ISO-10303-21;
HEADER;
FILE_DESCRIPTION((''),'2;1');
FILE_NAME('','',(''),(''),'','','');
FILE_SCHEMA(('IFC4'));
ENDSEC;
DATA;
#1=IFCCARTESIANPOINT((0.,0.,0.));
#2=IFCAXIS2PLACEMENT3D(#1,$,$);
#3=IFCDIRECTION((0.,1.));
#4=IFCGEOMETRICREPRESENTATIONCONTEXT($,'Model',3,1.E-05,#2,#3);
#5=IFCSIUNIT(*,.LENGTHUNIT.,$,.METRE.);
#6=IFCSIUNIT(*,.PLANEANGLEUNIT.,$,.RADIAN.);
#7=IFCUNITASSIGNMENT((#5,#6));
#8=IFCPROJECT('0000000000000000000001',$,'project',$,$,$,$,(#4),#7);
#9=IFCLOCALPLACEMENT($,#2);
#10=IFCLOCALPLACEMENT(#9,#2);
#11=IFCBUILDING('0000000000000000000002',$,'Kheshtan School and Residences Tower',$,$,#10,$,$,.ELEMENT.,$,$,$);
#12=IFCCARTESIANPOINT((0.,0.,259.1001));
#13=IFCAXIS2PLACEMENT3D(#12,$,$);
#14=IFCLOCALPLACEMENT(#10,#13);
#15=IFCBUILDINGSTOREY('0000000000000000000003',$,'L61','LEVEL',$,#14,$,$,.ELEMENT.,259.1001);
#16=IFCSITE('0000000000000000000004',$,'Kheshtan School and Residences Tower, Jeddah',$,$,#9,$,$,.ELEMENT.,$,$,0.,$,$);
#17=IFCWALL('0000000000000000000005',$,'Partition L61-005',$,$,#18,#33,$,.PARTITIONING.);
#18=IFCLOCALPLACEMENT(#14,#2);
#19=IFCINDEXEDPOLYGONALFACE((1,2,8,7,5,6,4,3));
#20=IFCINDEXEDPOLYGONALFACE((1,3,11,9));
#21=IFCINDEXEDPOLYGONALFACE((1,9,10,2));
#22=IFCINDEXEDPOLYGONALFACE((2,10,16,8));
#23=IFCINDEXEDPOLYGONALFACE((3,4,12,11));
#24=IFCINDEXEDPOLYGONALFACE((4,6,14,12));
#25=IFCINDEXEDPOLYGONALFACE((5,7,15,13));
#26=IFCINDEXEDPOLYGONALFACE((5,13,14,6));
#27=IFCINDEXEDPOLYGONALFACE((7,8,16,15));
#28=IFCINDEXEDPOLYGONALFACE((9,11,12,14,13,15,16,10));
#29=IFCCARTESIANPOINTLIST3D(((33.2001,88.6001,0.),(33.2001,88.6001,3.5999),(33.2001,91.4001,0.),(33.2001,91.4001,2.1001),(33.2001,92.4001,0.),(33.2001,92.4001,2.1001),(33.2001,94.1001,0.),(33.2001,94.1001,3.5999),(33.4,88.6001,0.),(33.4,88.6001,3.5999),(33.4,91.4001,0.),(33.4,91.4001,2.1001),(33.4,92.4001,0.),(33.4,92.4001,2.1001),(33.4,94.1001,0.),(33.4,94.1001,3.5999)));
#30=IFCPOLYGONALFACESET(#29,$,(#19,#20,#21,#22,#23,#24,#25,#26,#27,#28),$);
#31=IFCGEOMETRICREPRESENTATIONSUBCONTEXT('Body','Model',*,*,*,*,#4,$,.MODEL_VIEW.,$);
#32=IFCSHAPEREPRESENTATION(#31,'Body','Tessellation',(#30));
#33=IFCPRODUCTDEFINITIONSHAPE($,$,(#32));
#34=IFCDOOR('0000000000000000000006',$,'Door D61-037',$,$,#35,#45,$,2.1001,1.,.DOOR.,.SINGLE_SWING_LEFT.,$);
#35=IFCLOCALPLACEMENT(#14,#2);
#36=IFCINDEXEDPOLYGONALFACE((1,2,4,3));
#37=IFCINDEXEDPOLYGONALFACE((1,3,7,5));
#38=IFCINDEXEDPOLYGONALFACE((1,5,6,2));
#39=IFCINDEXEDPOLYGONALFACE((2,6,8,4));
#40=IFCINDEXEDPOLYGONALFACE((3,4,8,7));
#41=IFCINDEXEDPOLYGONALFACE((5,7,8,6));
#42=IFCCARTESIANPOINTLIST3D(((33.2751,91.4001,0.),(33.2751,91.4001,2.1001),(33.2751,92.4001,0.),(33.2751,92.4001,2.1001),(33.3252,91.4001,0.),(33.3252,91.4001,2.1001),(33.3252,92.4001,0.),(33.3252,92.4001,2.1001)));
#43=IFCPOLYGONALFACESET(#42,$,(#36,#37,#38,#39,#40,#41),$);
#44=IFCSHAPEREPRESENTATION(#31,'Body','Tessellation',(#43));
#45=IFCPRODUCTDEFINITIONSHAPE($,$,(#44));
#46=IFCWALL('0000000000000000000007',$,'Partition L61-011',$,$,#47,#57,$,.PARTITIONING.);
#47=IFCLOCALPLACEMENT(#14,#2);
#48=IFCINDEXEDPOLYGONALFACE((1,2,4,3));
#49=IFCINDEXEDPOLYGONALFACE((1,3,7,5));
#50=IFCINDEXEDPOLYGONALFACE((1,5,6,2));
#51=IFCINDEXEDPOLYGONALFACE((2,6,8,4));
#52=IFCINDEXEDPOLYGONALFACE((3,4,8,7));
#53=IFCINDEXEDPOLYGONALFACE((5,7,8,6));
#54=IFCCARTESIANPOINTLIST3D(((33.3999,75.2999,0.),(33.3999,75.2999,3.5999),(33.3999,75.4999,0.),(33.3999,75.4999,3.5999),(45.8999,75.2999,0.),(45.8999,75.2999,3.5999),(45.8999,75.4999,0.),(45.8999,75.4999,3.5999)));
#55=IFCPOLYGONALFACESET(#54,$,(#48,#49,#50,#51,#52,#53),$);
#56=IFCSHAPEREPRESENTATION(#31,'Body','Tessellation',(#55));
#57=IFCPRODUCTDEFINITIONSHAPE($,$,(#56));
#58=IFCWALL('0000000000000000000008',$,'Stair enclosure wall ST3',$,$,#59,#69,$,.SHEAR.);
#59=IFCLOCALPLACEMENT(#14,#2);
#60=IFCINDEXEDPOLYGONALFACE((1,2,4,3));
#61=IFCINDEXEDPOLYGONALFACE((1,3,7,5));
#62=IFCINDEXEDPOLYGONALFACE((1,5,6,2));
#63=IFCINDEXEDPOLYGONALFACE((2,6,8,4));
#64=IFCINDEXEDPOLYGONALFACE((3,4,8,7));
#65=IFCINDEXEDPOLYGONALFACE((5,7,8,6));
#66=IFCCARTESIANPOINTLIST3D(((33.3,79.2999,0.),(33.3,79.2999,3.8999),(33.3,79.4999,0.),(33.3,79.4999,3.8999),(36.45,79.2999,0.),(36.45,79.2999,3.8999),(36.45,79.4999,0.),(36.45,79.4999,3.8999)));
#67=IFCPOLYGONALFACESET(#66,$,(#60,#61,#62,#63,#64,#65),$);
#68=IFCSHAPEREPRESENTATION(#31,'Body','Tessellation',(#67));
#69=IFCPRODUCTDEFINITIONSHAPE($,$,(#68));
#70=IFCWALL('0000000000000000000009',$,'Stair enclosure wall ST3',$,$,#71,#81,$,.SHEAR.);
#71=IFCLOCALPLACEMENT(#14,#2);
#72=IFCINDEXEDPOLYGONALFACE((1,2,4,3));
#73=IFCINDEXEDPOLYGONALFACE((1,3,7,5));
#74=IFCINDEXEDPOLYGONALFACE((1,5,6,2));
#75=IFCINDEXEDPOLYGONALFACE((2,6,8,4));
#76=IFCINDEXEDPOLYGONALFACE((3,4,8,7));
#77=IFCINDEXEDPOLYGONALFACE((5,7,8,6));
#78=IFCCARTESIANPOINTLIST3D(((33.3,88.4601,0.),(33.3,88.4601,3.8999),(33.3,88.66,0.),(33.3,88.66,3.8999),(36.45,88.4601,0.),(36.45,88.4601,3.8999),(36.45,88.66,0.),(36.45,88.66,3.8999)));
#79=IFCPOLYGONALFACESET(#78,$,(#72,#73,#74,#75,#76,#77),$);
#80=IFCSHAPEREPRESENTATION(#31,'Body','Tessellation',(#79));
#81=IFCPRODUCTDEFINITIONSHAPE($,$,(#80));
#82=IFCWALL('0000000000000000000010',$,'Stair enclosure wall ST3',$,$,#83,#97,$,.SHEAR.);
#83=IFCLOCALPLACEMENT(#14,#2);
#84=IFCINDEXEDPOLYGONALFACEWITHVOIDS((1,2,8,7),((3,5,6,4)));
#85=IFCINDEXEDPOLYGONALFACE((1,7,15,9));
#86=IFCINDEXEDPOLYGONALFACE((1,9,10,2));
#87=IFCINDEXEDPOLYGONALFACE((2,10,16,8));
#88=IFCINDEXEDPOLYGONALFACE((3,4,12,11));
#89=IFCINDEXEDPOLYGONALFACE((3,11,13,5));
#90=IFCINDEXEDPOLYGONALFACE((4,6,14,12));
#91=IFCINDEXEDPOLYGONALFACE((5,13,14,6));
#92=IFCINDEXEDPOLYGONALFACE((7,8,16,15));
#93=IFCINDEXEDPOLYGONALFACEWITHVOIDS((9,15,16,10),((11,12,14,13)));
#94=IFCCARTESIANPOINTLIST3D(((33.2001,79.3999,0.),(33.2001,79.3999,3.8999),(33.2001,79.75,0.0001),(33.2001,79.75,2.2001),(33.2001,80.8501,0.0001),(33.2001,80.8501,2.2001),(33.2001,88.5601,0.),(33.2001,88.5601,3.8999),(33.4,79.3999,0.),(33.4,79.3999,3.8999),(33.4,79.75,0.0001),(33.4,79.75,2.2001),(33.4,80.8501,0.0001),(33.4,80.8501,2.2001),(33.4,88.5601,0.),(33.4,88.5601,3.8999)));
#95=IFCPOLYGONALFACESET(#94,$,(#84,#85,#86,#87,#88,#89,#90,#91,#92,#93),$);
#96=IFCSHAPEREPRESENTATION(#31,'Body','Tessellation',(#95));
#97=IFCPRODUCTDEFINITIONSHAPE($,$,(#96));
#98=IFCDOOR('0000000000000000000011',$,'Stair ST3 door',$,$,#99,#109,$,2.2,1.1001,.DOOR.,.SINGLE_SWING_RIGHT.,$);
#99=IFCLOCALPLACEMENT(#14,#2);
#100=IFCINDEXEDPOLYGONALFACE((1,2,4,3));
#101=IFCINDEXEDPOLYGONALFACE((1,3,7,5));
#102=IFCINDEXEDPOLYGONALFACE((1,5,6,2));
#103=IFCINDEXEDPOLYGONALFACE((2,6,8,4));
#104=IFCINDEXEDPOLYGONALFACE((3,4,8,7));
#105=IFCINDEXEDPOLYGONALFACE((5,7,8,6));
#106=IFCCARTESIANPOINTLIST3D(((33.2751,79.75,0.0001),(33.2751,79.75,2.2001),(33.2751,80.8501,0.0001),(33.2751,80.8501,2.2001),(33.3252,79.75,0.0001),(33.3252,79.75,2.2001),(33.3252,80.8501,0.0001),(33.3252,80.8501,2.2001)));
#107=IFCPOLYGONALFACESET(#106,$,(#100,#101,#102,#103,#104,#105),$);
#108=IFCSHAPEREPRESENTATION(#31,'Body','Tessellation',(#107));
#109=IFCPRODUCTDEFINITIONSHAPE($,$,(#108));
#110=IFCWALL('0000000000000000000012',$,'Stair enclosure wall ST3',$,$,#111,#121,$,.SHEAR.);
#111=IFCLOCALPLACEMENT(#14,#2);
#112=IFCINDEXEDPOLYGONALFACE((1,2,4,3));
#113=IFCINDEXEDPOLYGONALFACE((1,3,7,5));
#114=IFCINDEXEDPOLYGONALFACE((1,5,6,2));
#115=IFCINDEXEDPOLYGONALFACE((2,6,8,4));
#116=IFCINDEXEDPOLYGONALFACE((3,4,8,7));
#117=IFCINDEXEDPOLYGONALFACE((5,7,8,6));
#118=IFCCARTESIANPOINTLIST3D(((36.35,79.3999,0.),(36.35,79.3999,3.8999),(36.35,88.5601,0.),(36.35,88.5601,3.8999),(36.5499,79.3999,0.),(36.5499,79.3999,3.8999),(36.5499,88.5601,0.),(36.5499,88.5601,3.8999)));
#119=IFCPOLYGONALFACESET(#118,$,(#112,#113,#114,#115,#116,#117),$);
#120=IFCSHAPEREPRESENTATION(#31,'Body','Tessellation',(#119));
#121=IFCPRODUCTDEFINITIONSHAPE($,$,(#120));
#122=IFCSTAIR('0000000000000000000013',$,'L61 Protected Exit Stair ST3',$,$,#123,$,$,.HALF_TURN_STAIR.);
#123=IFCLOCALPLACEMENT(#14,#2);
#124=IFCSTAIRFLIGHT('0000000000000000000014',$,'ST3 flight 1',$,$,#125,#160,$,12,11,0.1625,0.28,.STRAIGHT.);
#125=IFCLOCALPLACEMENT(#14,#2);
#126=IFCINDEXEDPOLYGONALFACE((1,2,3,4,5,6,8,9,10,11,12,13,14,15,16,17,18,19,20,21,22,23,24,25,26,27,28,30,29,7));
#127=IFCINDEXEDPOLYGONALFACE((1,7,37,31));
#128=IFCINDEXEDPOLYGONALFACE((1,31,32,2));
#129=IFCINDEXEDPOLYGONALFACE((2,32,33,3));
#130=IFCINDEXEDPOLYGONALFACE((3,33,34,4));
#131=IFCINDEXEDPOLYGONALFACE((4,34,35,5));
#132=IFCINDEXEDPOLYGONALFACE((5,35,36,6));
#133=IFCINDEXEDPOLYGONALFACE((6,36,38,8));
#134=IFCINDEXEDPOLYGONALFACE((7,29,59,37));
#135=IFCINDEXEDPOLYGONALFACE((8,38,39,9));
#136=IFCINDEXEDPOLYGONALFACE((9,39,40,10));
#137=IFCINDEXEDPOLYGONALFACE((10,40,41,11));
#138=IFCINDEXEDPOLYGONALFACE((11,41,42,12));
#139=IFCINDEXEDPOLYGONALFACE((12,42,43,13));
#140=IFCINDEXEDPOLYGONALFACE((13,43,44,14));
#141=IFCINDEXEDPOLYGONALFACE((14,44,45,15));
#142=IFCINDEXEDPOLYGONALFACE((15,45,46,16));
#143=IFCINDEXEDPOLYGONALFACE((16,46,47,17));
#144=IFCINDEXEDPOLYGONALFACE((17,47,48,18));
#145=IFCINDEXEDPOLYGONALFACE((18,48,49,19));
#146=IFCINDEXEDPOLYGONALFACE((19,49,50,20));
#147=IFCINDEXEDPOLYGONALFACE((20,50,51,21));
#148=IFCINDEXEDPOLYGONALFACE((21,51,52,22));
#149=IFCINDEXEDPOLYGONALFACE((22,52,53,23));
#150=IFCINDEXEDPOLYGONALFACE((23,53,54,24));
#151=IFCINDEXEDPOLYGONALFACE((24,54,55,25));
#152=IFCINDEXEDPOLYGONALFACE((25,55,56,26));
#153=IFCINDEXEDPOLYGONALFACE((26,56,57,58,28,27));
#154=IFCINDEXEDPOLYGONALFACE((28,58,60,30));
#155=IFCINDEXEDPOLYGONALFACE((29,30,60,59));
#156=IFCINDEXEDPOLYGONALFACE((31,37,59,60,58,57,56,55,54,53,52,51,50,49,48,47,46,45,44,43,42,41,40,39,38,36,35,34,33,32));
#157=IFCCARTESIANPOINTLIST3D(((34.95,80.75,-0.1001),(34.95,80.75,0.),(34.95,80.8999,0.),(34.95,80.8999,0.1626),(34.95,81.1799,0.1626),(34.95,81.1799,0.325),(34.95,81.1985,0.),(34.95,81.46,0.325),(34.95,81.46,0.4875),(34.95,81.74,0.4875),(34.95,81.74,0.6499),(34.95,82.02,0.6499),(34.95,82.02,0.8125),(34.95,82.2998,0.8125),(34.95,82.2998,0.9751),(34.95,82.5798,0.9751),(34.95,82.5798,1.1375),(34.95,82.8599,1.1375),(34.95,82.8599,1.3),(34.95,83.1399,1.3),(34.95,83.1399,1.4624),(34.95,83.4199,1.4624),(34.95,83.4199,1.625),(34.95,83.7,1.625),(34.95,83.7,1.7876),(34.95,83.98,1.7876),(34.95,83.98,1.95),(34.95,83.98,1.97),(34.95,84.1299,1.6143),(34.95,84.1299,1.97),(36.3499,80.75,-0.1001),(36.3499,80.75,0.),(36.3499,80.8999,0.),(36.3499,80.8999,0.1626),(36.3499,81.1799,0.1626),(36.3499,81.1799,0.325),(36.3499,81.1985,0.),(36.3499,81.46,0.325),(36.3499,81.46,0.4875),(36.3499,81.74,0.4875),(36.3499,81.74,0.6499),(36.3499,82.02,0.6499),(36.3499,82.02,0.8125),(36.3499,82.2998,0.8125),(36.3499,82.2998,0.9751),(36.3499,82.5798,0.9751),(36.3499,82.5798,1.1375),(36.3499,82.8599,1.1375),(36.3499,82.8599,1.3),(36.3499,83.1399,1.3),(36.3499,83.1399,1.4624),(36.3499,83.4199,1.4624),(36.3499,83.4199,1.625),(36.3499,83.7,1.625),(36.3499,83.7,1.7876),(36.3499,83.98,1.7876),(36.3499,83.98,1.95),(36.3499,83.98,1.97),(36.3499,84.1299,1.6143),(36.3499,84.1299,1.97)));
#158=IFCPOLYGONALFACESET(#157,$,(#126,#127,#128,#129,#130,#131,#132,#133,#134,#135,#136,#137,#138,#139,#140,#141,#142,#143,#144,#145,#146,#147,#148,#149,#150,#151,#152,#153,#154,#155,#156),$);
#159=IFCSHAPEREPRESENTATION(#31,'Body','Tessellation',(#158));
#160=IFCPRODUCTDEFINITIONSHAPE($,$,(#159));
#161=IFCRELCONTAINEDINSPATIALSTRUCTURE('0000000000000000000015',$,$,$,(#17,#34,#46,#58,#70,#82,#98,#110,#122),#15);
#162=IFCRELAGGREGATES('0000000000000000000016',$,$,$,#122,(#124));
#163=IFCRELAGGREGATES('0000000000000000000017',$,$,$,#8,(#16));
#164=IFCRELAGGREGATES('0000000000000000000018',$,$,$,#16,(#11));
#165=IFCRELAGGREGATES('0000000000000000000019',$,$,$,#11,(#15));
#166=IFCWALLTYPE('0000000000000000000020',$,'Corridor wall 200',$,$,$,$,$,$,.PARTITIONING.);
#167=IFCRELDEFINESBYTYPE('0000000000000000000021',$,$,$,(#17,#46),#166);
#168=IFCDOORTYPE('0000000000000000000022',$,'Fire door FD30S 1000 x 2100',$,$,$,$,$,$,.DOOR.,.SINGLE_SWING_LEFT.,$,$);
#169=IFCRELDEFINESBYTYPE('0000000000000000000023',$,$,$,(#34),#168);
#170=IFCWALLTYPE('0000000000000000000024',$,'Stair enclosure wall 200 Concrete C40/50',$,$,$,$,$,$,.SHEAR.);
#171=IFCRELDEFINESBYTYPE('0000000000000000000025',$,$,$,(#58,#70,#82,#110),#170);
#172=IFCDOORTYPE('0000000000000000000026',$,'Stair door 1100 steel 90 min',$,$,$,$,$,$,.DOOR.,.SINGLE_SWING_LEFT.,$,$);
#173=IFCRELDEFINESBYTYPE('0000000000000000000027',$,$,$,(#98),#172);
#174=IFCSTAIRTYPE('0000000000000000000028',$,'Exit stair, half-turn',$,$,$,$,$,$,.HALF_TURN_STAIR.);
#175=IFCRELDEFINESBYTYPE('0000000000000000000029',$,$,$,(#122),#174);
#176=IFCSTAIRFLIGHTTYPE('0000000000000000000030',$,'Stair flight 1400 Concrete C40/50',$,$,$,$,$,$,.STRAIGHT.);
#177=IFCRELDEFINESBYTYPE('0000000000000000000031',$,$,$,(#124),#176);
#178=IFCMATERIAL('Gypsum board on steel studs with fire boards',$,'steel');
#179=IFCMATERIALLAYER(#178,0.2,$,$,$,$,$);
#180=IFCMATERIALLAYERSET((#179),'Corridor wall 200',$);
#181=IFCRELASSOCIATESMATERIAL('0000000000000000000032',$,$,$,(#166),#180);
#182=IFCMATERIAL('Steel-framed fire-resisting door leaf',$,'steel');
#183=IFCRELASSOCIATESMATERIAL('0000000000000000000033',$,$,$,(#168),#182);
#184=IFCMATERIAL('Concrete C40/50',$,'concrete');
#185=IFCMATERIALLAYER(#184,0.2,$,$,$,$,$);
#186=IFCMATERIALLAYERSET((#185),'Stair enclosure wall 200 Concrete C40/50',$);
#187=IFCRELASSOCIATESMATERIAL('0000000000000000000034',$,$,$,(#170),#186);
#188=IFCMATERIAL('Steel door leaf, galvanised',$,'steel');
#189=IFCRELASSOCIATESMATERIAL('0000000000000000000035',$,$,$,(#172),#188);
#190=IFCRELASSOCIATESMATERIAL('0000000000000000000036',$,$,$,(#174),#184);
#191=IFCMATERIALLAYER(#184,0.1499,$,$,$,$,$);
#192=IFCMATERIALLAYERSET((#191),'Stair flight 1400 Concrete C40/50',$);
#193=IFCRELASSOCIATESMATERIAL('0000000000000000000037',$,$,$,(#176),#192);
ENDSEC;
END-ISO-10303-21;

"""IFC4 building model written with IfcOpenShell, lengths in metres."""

from ifc_helpers import new_model, si_unit, direction, frame, frame_2d, origin, place, context, subcontext, project, spatial, polyline, rectangle, outline, extrude, source, transform, mapped, material, layer, layer_set, type_object, element, fill, aggregate, save


model = new_model("IFC4")

# Units and contexts
model_context = context("Model", 3, precision=1e-05, world=origin(), true_north=direction((0.0, 1.0)))
body_context = subcontext(model_context, "Body", "Model", "MODEL_VIEW")
ifc_project = project(units=[si_unit("LENGTHUNIT", "METRE"), si_unit("PLANEANGLEUNIT", "RADIAN")], contexts=[model_context])

# Site, building, storey
site_placement = place(None, origin())
site = spatial("IfcSite", under=ifc_project, at=site_placement, Name="Kheshtan School and Residences Tower, Jeddah", CompositionType="ELEMENT", RefElevation=0.0)
building_placement = place(site_placement, origin())
building = spatial("IfcBuilding", under=site, at=building_placement, Name="Kheshtan School and Residences Tower", CompositionType="ELEMENT")
storey_placement = place(building_placement, frame((0.0, 0.0, 259.1001)))
storey = spatial("IfcBuildingStorey", under=building, at=storey_placement, Name="L61", Description="LEVEL", CompositionType="ELEMENT", Elevation=259.1001)

# Wall, opening, door
ifc_material_1 = material(Name="Gypsum board on steel studs with fire boards", Category="steel")
ifc_layer_1 = layer(ifc_material_1, 0.2)
ifc_layer_set_1 = layer_set([ifc_layer_1], Name="Corridor wall 200")
wall_type_1 = type_object("IfcWallType", Name="Corridor wall 200", PredefinedType="PARTITIONING", material=ifc_layer_set_1)
ifc_material_2 = material(Name="Steel-framed fire-resisting door leaf", Category="steel")
wall_1_placement = place(storey_placement, frame((33.3, 88.6001, 0.0), z_axis=(0.0, 0.0, 1.0), x_axis=(0.0, 1.0, 0.0)))
wall_1 = element("IfcWall", 1, at=wall_1_placement, inside=storey, type_object=wall_type_1, Name="Partition L61-005", PredefinedType="PARTITIONING", context=body_context, shape_type="SweptSolid", body=[
    extrude(rectangle(XDim=5.5, YDim=0.2, at=frame_2d((2.75, 0.0))), origin(), (0.0, 0.0, 1.0), 3.5999),
])
opening_1_placement = place(wall_1_placement, frame((2.8, 0.0, 0.0)))
opening_1 = element("IfcOpeningElement", 2, at=opening_1_placement, cuts=wall_1, PredefinedType="OPENING", context=body_context, shape_type="SweptSolid", body=[
    extrude(rectangle(XDim=1.0, YDim=2.1001, at=frame_2d((0.5, 1.05))), frame((0.0, 0.1099, 0.0), z_axis=(0.0, -1.0, 0.0), x_axis=(1.0, 0.0, 0.0)), (0.0, 0.0, 1.0), 0.22),
])
door_type_1 = type_object("IfcDoorType", Name="Fire door FD30S 1000 x 2100", OperationType="SINGLE_SWING_LEFT", PredefinedType="DOOR", material=ifc_material_2)
shared_shape_1 = source(origin(), body_context, "Body", "SweptSolid", [
    extrude(rectangle(XDim=1.0, YDim=2.1001, at=frame_2d((0.5, 1.05))), frame((0.0, 0.0249, 0.0), z_axis=(0.0, -1.0, 0.0), x_axis=(1.0, 0.0, 0.0)), (0.0, 0.0, 1.0), 0.05),
])
door_1_placement = place(opening_1_placement, origin())
door_1 = element("IfcDoor", 3, at=door_1_placement, inside=storey, type_object=door_type_1, Name="Door D61-037", OperationType="SINGLE_SWING_LEFT", OverallHeight=2.1001, OverallWidth=1.0, PredefinedType="DOOR", context=body_context, shape_type="MappedRepresentation", body=[
    mapped(shared_shape_1, transform((0.0, 0.0, 0.0), x_axis=(1.0, 0.0, 0.0), y_axis=(0.0, 1.0, 0.0), z_axis=(0.0, 0.0, 1.0), scale=1.0)),
])
fill(opening_1, door_1)

# Walls
wall_2_placement = place(storey_placement, frame((33.3999, 75.3999, 0.0), z_axis=(0.0, 0.0, 1.0), x_axis=(1.0, 0.0, 0.0)))
element("IfcWall", 4, at=wall_2_placement, inside=storey, type_object=wall_type_1, Name="Partition L61-011", PredefinedType="PARTITIONING", context=body_context, shape_type="SweptSolid", body=[
    extrude(rectangle(XDim=12.5, YDim=0.2, at=frame_2d((6.25, 0.0))), origin(), (0.0, 0.0, 1.0), 3.5999),
])
ifc_material_3 = material(Name="Concrete C40/50", Category="concrete")
ifc_layer_2 = layer(ifc_material_3, 0.2)
ifc_layer_set_2 = layer_set([ifc_layer_2], Name="Stair enclosure wall 200 Concrete C40/50")
wall_type_2 = type_object("IfcWallType", Name="Stair enclosure wall 200 Concrete C40/50", PredefinedType="SHEAR", material=ifc_layer_set_2)
for number, where, z_axis, x_axis, name in (
    (5, (33.3, 79.3999, 0.0), (0.0, 0.0, 1.0), (1.0, 0.0, 0.0), "Stair enclosure wall ST3"),
    (6, (33.3, 88.5601, 0.0), (0.0, 0.0, 1.0), (1.0, 0.0, 0.0), "Stair enclosure wall ST3"),
):
    element("IfcWall", number, at=place(storey_placement, frame(where, z_axis=z_axis, x_axis=x_axis)), inside=storey, type_object=wall_type_2, Name=name, PredefinedType="SHEAR", context=body_context, shape_type="SweptSolid", body=[
        extrude(rectangle(XDim=3.1499, YDim=0.2, at=frame_2d((1.575, 0.0))), origin(), (0.0, 0.0, 1.0), 3.8999),
    ])

# Wall, opening, door
wall_3_placement = place(storey_placement, frame((33.3, 79.3999, 0.0), z_axis=(0.0, 0.0, 1.0), x_axis=(0.0, 1.0, 0.0)))
wall_3 = element("IfcWall", 7, at=wall_3_placement, inside=storey, type_object=wall_type_2, Name="Stair enclosure wall ST3", PredefinedType="SHEAR", context=body_context, shape_type="SweptSolid", body=[
    extrude(rectangle(XDim=9.1602, YDim=0.2, at=frame_2d((4.5801, 0.0))), origin(), (0.0, 0.0, 1.0), 3.8999),
])
opening_2_placement = place(wall_3_placement, frame((0.3501, 0.0, 0.0)))
opening_2 = element("IfcOpeningElement", 8, at=opening_2_placement, cuts=wall_3, PredefinedType="OPENING", context=body_context, shape_type="SweptSolid", body=[
    extrude(rectangle(XDim=1.1001, YDim=2.2, at=frame_2d((0.55, 1.1001))), frame((0.0, 0.1099, 0.0), z_axis=(0.0, -1.0, 0.0), x_axis=(1.0, 0.0, 0.0)), (0.0, 0.0, 1.0), 0.22),
])
ifc_material_4 = material(Name="Steel door leaf, galvanised", Category="steel")
door_type_2 = type_object("IfcDoorType", Name="Stair door 1100 steel 90 min", OperationType="SINGLE_SWING_LEFT", PredefinedType="DOOR", material=ifc_material_4)
shared_shape_2 = source(origin(), body_context, "Body", "SweptSolid", [
    extrude(rectangle(XDim=1.1001, YDim=2.2, at=frame_2d((0.55, 1.1001))), frame((0.0, 0.0249, 0.0), z_axis=(0.0, -1.0, 0.0), x_axis=(1.0, 0.0, 0.0)), (0.0, 0.0, 1.0), 0.05),
])
door_2_placement = place(opening_2_placement, origin())
door_2 = element("IfcDoor", 9, at=door_2_placement, inside=storey, type_object=door_type_2, Name="Stair ST3 door", OperationType="SINGLE_SWING_RIGHT", OverallHeight=2.2, OverallWidth=1.1001, PredefinedType="DOOR", context=body_context, shape_type="MappedRepresentation", body=[
    mapped(shared_shape_2, transform((0.0, 0.0, 0.0), x_axis=(1.0, 0.0, 0.0), y_axis=(0.0, 1.0, 0.0), z_axis=(0.0, 0.0, 1.0), scale=1.0)),
])
fill(opening_2, door_2)

# Wall
wall_4_placement = place(storey_placement, frame((36.45, 79.3999, 0.0), z_axis=(0.0, 0.0, 1.0), x_axis=(0.0, 1.0, 0.0)))
element("IfcWall", 10, at=wall_4_placement, inside=storey, type_object=wall_type_2, Name="Stair enclosure wall ST3", PredefinedType="SHEAR", context=body_context, shape_type="SweptSolid", body=[
    extrude(rectangle(XDim=9.1602, YDim=0.2, at=frame_2d((4.5801, 0.0))), origin(), (0.0, 0.0, 1.0), 3.8999),
])

# Stair, stair flight
stair_type = type_object("IfcStairType", Name="Exit stair, half-turn", PredefinedType="HALF_TURN_STAIR", material=ifc_material_3)
stair_placement = place(storey_placement, origin())
stair = element("IfcStair", 11, at=stair_placement, inside=storey, type_object=stair_type, Name="L61 Protected Exit Stair ST3", PredefinedType="HALF_TURN_STAIR")
ifc_layer_3 = layer(ifc_material_3, 0.1499)
ifc_layer_set_3 = layer_set([ifc_layer_3], Name="Stair flight 1400 Concrete C40/50")
stair_flight_type = type_object("IfcStairFlightType", Name="Stair flight 1400 Concrete C40/50", PredefinedType="STRAIGHT", material=ifc_layer_set_3)
stair_flight_1_placement = place(storey_placement, frame((35.6499, 80.8999, 0.0), z_axis=(0.0, 0.0, 1.0), x_axis=(0.0, 1.0, 0.0)))
stair_flight_1 = element("IfcStairFlight", 12, at=stair_flight_1_placement, type_object=stair_flight_type, Name="ST3 flight 1", NumberOfRisers=12, NumberOfTreads=11, PredefinedType="STRAIGHT", RiserHeight=0.1625, TreadLength=0.28, context=body_context, shape_type="SweptSolid", body=[
    extrude(outline(polyline([(-0.1499, -0.1001), (-0.1499, 0.0), (0.0, 0.0), (0.0, 0.1626), (0.28, 0.1626), (0.28, 0.325), (0.5601, 0.325), (0.5601, 0.4875), (0.8401, 0.4875), (0.8401, 0.6499), (1.1201, 0.6499), (1.1201, 0.8125), (1.3999, 0.8125), (1.3999, 0.9751), (1.6799, 0.9751), (1.6799, 1.1375), (1.96, 1.1375), (1.96, 1.3), (2.24, 1.3), (2.24, 1.4624), (2.52, 1.4624), (2.52, 1.625), (2.8, 1.625), (2.8, 1.7876), (3.0801, 1.7876), (3.0801, 1.95), (3.0801, 1.97), (3.23, 1.97), (3.23, 1.6143), (0.2986, 0.0), (-0.1499, -0.1001)])), frame((0.0, 0.7, 0.0), z_axis=(0.0, -1.0, 0.0), x_axis=(1.0, 0.0, 0.0)), (0.0, 0.0, 1.0), 1.3999),
])
aggregate(stair, [stair_flight_1])

save(model, "model.ifc")
